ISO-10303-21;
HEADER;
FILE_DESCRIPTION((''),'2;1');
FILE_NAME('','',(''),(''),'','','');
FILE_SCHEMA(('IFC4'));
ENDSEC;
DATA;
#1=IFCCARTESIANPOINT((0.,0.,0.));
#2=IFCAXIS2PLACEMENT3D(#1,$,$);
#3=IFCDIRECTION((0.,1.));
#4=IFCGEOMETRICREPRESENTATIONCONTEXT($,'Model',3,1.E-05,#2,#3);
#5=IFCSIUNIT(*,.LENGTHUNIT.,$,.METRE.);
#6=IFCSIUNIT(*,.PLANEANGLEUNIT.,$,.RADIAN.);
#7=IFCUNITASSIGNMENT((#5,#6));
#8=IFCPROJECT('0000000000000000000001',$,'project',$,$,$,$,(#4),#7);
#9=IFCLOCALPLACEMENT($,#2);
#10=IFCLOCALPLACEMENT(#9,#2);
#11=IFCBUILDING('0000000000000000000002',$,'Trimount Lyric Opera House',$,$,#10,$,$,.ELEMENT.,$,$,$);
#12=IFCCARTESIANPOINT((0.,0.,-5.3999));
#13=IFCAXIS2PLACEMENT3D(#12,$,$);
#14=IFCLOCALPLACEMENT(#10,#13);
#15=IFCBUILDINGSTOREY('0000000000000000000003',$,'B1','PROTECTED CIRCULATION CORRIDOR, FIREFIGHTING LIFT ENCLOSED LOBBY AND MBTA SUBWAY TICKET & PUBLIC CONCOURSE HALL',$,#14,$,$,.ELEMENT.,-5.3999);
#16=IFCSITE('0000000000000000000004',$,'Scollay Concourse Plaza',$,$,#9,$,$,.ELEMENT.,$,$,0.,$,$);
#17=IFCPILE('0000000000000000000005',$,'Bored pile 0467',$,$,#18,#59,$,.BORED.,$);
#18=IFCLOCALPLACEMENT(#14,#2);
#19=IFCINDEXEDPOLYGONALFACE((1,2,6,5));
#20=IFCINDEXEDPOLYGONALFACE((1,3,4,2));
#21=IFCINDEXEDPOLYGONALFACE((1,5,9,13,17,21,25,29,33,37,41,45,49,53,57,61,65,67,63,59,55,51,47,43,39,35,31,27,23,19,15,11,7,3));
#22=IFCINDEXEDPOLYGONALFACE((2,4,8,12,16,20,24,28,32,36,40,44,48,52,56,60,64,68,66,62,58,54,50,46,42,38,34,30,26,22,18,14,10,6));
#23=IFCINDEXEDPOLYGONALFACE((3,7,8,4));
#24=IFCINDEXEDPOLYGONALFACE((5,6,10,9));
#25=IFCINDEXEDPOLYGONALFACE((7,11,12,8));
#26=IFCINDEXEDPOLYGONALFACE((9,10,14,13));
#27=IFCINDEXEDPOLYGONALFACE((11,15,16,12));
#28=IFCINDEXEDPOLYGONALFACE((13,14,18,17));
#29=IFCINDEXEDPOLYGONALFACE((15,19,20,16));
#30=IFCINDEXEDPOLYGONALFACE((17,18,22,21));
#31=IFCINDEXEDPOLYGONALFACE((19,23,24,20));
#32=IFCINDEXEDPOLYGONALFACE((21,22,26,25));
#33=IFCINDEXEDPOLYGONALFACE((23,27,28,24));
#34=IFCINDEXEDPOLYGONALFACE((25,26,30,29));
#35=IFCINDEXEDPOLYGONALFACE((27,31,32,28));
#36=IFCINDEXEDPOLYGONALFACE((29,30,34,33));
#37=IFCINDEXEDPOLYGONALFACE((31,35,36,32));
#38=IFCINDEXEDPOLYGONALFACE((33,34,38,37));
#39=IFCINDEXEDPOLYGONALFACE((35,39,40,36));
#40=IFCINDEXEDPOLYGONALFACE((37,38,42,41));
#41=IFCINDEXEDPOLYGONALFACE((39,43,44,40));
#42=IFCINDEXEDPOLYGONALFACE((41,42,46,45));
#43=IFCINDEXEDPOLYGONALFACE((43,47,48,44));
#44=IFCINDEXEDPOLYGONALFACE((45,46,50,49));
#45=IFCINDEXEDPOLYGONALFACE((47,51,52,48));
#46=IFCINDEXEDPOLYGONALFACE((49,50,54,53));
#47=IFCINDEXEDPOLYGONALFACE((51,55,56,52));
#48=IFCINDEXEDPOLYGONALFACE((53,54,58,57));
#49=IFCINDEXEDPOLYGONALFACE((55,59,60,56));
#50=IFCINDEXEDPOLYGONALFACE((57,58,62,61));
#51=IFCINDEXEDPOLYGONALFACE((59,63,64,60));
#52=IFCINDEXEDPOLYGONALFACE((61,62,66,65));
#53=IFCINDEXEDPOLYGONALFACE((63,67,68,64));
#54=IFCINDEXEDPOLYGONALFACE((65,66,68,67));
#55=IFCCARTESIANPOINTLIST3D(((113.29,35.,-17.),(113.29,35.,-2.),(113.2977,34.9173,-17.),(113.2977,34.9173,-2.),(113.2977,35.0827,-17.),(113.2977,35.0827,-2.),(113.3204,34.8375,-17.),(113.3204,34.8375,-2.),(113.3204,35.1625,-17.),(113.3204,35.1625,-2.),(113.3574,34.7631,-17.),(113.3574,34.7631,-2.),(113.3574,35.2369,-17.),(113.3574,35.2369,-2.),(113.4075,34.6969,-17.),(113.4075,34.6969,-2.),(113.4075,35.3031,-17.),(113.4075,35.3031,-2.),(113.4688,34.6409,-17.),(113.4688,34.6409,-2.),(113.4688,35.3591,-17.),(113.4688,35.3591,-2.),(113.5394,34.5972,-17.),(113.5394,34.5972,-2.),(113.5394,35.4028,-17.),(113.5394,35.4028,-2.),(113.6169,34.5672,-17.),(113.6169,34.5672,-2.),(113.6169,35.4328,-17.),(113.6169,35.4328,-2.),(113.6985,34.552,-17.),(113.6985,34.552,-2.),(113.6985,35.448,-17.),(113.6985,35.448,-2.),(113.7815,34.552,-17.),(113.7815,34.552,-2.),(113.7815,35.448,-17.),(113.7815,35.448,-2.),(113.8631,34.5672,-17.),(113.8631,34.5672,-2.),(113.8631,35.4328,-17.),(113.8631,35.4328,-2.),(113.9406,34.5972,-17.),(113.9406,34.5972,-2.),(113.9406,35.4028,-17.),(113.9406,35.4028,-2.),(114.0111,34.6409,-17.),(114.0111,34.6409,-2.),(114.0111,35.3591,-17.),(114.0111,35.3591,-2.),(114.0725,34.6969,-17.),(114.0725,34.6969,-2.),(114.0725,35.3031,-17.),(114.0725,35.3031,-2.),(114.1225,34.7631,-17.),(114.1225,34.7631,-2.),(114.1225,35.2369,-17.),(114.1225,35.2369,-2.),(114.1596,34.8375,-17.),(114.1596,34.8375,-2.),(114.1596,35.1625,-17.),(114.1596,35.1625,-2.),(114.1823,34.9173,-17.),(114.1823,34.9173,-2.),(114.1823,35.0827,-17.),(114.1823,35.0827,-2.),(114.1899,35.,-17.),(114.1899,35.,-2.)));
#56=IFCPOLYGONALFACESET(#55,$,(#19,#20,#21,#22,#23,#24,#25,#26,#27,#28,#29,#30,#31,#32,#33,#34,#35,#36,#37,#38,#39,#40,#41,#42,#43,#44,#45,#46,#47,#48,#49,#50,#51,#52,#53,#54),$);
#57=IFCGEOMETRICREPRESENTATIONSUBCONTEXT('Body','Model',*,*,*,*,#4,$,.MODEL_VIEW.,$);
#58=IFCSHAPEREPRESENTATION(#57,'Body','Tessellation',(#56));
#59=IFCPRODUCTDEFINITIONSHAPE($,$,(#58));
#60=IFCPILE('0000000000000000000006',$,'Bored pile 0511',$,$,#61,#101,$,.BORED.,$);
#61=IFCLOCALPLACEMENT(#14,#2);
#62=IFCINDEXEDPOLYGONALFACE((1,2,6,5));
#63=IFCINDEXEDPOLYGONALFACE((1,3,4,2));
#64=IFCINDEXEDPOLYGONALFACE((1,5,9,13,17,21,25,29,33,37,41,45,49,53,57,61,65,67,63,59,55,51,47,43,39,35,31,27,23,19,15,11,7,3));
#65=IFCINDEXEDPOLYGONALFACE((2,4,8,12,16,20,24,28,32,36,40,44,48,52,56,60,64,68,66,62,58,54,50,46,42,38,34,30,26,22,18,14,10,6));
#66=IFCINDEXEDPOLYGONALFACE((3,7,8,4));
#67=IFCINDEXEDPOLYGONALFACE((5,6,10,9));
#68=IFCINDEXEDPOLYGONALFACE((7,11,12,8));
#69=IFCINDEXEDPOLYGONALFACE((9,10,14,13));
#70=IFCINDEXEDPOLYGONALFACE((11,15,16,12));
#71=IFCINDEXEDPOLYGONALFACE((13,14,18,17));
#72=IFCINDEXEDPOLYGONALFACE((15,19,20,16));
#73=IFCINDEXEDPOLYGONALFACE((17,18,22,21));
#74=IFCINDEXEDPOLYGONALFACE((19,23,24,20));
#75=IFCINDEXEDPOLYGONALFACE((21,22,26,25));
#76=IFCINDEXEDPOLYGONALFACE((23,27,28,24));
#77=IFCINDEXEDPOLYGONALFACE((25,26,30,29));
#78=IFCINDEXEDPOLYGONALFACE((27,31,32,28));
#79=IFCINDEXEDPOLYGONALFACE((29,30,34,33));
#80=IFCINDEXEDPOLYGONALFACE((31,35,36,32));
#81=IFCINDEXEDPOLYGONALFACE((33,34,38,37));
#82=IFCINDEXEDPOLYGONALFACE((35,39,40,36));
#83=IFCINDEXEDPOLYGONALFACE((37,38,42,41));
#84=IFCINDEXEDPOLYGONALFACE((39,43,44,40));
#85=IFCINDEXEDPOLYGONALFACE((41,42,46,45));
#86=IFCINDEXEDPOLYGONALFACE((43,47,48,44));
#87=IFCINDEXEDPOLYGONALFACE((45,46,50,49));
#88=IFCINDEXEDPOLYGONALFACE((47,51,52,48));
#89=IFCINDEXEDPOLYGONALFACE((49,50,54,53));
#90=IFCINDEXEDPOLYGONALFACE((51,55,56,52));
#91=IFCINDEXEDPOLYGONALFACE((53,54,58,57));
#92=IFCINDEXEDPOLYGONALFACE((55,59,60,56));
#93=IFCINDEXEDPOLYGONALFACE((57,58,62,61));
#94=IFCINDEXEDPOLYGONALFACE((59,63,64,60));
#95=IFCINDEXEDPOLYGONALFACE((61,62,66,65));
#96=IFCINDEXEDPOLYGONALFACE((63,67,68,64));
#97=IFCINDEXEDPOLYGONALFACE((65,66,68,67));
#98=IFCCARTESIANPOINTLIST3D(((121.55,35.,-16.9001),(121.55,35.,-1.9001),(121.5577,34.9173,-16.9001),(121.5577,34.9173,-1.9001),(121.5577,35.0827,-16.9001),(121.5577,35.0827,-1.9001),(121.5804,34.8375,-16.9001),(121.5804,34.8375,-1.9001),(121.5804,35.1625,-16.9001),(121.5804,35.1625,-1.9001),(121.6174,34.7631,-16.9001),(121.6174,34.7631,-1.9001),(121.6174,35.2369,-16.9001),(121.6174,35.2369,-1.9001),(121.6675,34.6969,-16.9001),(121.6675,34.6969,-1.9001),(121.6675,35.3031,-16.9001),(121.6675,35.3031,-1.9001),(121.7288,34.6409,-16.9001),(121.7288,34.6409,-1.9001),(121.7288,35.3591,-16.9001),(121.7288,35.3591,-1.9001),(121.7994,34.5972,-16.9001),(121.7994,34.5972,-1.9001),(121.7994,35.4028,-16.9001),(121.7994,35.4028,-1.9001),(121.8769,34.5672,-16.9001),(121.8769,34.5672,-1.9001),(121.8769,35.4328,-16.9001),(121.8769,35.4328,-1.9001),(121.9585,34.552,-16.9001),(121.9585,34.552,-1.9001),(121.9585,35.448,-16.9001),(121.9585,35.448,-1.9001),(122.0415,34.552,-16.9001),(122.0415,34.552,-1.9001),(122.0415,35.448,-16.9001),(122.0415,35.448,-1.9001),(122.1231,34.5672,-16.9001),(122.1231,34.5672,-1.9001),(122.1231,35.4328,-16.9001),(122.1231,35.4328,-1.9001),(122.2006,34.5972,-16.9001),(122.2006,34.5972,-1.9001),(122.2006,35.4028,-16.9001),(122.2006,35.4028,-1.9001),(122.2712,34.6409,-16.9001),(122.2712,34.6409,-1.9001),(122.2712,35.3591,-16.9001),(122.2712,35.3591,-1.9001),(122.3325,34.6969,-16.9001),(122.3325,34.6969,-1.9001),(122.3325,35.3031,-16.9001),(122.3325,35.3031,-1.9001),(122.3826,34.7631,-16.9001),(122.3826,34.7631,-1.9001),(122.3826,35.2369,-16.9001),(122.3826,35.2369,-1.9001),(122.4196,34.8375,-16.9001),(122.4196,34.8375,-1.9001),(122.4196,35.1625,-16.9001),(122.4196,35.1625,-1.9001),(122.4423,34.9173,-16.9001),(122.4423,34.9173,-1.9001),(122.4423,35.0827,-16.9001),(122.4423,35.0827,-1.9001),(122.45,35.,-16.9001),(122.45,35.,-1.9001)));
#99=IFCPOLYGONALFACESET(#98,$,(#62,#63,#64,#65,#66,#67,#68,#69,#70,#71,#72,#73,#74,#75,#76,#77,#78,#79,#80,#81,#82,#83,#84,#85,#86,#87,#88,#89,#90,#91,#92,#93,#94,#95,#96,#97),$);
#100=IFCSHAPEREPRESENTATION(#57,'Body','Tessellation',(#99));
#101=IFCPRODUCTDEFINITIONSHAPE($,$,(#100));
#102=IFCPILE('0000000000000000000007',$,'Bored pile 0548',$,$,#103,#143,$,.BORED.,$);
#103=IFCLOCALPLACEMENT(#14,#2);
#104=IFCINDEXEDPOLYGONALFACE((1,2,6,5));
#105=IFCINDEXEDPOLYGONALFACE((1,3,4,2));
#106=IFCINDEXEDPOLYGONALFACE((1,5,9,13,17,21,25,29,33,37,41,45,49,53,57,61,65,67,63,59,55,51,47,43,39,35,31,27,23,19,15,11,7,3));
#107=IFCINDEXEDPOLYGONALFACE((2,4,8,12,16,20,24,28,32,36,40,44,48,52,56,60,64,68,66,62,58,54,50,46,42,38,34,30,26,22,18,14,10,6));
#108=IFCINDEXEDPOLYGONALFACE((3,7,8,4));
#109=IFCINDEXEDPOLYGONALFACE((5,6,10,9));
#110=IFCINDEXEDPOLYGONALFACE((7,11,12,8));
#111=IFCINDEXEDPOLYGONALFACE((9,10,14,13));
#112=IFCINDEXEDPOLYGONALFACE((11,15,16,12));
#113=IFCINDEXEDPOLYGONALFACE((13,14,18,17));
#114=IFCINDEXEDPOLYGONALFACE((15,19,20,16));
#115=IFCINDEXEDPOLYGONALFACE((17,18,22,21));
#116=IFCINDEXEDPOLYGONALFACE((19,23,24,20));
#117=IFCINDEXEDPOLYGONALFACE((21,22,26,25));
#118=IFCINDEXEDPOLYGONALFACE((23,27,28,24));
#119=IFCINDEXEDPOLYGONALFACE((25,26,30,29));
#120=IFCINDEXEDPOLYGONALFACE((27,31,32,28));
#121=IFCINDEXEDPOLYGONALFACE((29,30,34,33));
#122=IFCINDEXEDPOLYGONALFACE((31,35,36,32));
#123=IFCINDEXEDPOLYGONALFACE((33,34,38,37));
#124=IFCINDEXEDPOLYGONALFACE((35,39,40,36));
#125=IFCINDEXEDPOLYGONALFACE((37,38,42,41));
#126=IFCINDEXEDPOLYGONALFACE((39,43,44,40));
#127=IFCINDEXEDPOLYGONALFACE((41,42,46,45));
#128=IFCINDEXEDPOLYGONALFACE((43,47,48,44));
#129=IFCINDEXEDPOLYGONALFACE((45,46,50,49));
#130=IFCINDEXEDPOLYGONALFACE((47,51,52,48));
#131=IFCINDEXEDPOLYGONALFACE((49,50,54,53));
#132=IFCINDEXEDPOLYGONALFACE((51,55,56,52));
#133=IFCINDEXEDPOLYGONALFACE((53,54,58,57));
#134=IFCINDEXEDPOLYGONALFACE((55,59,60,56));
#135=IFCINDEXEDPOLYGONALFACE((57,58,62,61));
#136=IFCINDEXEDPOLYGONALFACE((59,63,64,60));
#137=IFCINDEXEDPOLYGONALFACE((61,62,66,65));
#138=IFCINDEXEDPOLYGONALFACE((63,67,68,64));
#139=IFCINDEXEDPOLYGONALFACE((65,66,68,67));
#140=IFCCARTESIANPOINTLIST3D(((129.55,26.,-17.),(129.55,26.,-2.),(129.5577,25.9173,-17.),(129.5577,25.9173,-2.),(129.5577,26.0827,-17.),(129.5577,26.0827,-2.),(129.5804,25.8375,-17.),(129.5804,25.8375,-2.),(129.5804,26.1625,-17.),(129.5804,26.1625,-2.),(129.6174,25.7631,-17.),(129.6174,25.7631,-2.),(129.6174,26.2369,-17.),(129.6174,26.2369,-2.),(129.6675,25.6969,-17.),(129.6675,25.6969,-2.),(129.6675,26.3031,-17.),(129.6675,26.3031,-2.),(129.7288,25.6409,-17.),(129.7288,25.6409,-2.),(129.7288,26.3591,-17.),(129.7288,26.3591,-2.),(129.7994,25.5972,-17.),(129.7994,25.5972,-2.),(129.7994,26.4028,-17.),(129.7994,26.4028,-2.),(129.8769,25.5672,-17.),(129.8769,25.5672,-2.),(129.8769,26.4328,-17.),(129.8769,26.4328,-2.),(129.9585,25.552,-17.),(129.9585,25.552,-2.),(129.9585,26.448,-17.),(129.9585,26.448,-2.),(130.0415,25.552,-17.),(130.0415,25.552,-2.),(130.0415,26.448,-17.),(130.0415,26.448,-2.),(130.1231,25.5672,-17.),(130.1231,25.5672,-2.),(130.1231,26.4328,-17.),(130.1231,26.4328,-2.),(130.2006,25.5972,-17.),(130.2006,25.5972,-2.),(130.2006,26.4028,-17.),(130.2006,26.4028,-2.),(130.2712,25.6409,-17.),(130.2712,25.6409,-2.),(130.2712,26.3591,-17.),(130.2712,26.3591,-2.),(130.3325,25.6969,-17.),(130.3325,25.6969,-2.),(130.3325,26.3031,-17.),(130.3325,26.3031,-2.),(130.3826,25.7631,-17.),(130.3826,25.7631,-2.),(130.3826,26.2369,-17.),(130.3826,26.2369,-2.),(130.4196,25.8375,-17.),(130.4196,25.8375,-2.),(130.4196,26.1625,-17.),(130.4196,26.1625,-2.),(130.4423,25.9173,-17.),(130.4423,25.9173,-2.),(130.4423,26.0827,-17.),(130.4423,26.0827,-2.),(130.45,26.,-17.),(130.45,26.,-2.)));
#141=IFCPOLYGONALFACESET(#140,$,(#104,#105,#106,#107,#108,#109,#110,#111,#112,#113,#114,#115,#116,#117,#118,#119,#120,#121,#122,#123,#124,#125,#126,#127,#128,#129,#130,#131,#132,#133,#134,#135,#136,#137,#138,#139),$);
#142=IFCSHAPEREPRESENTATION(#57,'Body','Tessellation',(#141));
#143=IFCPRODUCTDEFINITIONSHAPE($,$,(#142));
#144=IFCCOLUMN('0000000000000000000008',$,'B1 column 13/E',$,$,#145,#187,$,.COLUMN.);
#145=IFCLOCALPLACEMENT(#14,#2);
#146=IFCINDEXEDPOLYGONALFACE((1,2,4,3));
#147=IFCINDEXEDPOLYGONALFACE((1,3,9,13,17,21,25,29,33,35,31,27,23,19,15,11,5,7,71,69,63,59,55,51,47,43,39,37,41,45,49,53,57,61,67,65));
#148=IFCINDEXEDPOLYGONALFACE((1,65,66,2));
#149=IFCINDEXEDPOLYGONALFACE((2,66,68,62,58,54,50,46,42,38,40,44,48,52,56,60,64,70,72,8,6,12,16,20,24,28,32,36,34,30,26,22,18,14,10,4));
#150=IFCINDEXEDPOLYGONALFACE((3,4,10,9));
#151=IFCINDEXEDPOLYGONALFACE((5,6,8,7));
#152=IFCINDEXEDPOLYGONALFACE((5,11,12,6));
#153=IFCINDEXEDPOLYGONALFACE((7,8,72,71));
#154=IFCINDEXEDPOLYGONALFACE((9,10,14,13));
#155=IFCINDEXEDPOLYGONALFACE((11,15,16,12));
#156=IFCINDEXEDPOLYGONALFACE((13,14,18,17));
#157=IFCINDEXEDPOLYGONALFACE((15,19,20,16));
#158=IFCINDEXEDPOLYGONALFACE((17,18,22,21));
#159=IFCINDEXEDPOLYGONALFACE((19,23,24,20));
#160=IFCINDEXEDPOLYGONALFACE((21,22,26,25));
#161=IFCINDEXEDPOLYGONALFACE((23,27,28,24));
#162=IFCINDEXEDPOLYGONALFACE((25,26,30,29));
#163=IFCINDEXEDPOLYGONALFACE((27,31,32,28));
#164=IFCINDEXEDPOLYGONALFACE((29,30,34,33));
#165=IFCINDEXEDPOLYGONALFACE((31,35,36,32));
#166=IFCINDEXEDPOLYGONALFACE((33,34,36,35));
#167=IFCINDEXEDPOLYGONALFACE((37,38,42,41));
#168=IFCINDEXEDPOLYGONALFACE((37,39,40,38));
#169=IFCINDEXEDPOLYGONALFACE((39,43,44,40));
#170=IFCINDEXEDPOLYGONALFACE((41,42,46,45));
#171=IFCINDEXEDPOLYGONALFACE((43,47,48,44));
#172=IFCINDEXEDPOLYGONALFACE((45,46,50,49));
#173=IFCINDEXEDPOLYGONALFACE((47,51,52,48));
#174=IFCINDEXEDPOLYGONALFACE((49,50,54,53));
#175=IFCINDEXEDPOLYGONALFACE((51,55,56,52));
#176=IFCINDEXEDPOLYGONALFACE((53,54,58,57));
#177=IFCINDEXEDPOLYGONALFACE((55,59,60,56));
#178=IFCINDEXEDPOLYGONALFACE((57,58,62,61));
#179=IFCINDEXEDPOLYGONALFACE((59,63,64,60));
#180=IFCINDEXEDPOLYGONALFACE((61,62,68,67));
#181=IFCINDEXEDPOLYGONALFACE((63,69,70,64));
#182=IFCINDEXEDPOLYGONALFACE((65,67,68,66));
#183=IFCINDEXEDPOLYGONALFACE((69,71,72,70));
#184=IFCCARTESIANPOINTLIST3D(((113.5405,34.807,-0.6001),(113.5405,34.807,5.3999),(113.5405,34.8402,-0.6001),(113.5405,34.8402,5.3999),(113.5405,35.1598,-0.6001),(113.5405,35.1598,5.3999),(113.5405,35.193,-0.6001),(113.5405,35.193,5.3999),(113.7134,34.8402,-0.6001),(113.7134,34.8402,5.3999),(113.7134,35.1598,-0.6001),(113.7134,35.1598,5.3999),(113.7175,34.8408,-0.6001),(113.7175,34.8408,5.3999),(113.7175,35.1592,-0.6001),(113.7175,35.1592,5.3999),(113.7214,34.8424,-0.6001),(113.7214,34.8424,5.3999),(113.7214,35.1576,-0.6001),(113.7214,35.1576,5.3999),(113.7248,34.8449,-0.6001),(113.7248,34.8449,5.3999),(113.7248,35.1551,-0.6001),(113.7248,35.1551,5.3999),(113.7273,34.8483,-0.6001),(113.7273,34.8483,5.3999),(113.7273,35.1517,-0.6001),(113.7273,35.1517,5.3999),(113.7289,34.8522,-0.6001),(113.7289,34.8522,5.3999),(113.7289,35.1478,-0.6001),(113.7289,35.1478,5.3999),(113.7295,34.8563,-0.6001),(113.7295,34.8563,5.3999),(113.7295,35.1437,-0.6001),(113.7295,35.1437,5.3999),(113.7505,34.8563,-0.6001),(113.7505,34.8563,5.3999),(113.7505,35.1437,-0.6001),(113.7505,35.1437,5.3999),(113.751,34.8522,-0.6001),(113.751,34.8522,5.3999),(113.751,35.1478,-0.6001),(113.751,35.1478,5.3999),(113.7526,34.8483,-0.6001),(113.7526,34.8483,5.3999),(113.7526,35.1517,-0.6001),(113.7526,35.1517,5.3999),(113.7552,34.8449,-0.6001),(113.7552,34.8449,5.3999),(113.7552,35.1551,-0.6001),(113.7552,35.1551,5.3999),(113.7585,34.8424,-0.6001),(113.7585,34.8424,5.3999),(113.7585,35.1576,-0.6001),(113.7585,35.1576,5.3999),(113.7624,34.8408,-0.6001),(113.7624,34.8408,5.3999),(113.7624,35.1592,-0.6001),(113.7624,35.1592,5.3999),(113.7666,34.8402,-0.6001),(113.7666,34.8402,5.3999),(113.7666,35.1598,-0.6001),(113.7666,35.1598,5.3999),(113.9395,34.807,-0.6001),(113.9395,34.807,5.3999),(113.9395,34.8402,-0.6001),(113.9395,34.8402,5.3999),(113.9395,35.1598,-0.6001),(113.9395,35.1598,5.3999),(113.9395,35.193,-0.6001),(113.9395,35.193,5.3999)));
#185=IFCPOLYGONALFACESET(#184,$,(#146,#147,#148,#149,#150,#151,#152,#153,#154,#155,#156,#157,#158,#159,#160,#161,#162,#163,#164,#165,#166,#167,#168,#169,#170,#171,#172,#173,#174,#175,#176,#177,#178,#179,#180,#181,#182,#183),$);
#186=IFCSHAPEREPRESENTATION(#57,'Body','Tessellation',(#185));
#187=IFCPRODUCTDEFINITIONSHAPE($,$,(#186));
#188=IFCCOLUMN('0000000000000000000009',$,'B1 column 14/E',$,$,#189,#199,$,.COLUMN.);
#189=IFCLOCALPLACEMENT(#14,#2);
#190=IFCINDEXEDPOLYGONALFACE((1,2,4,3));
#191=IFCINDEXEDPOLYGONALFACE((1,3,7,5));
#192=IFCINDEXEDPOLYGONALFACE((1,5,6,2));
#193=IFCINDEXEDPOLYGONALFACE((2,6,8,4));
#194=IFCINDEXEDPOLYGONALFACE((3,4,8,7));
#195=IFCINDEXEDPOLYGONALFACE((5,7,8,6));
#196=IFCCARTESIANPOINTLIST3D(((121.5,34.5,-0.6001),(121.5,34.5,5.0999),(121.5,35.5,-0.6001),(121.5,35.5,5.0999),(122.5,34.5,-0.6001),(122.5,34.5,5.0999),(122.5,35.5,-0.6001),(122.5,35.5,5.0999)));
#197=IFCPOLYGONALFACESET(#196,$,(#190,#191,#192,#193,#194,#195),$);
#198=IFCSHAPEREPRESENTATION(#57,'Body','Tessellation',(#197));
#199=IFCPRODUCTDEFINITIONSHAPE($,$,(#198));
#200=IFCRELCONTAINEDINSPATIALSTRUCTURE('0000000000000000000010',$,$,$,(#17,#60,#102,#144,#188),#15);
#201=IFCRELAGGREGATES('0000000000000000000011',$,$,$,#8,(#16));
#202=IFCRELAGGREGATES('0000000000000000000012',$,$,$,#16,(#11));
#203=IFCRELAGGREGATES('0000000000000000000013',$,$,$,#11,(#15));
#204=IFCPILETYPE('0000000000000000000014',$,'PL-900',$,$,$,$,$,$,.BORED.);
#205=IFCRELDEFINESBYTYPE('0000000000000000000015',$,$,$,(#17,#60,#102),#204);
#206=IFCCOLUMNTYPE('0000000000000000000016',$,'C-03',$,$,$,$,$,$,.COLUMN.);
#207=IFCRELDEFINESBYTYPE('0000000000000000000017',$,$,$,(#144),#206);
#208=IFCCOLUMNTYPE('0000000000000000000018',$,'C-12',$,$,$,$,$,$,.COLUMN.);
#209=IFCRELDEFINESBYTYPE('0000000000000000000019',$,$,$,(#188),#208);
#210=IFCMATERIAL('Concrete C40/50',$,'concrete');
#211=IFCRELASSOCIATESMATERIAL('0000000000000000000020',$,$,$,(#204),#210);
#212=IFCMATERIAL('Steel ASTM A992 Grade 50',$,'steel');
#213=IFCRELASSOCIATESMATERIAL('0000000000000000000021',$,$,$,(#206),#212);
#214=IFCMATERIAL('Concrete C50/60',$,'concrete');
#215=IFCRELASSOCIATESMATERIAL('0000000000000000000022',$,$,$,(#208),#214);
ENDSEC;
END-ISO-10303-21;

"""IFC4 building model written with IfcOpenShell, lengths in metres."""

from ifc_helpers import new_model, si_unit, direction, frame, origin, origin_2d, place, context, subcontext, project, spatial, rectangle, circle, i_section, extrude, material, material_profile, profile_set, type_object, element, save


model = new_model("IFC4")

# Units and contexts
model_context = context("Model", 3, precision=1e-05, world=origin(), true_north=direction((0.0, 1.0)))
body_context = subcontext(model_context, "Body", "Model", "MODEL_VIEW")
ifc_project = project(units=[si_unit("LENGTHUNIT", "METRE"), si_unit("PLANEANGLEUNIT", "RADIAN")], contexts=[model_context])

# Site, building, storey
site_placement = place(None, origin())
site = spatial("IfcSite", under=ifc_project, at=site_placement, Name="Scollay Concourse Plaza", CompositionType="ELEMENT", RefElevation=0.0)
building_placement = place(site_placement, origin())
building = spatial("IfcBuilding", under=site, at=building_placement, Name="Trimount Lyric Opera House", CompositionType="ELEMENT")
storey_placement = place(building_placement, frame((0.0, 0.0, -5.3999)))
storey = spatial("IfcBuildingStorey", under=building, at=storey_placement, Name="B1", Description="PROTECTED CIRCULATION CORRIDOR, FIREFIGHTING LIFT ENCLOSED LOBBY AND MBTA SUBWAY TICKET & PUBLIC CONCOURSE HALL", CompositionType="ELEMENT", Elevation=-5.3999)

# Piles
ifc_material_1 = material(Name="Concrete C40/50", Category="concrete")
ifc_material_profile_1 = material_profile(ifc_material_1, circle(Radius=0.45, at=origin_2d()), Name="PILE-D900")
ifc_profile_set_1 = profile_set([ifc_material_profile_1], Name="Concrete C40/50")
pile_type_1 = type_object("IfcPileType", Name="PL-900", PredefinedType="BORED", material=ifc_profile_set_1)
for number, where, z_axis, x_axis, name in (
    (1, (113.74, 35.0, -2.0), (0.0, 0.0, -1.0), (1.0, 0.0, 0.0), "Bored pile 0467"),
    (2, (122.0, 35.0, -1.9001), (0.0, 0.0, -1.0), (1.0, 0.0, 0.0), "Bored pile 0511"),
    (3, (130.0, 26.0, -2.0), (0.0, 0.0, -1.0), (1.0, 0.0, 0.0), "Bored pile 0548"),
):
    element("IfcPile", number, at=place(storey_placement, frame(where, z_axis=z_axis, x_axis=x_axis)), inside=storey, type_object=pile_type_1, Name=name, PredefinedType="BORED", context=body_context, shape_type="SweptSolid", body=[
        extrude(circle(Radius=0.45, at=origin_2d()), origin(), (0.0, 0.0, 1.0), 15.0),
    ])

# Columns
ifc_material_2 = material(Name="Steel ASTM A992 Grade 50", Category="steel")
ifc_material_profile_2 = material_profile(ifc_material_2, i_section(OverallWidth=0.3989, OverallDepth=0.386, WebThickness=0.021, FlangeThickness=0.0332, FilletRadius=0.0161, at=origin_2d()), Name="W14X176")
ifc_profile_set_2 = profile_set([ifc_material_profile_2], Name="Steel ASTM A992 Grade 50")
column_type_1 = type_object("IfcColumnType", Name="C-03", PredefinedType="COLUMN", material=ifc_profile_set_2)
column_1_placement = place(storey_placement, frame((113.74, 35.0, -0.6001), z_axis=(0.0, 0.0, 1.0), x_axis=(1.0, 0.0, 0.0)))
element("IfcColumn", 4, at=column_1_placement, inside=storey, type_object=column_type_1, Name="B1 column 13/E", PredefinedType="COLUMN", context=body_context, shape_type="SweptSolid", body=[
    extrude(i_section(OverallWidth=0.3989, OverallDepth=0.386, WebThickness=0.021, FlangeThickness=0.0332, FilletRadius=0.0161, at=origin_2d()), origin(), (0.0, 0.0, 1.0), 6.0),
])
ifc_material_3 = material(Name="Concrete C50/60", Category="concrete")
ifc_material_profile_3 = material_profile(ifc_material_3, rectangle(XDim=1.0, YDim=1.0, at=origin_2d()), Name="RC1000X1000")
ifc_profile_set_3 = profile_set([ifc_material_profile_3], Name="Concrete C50/60")
column_type_2 = type_object("IfcColumnType", Name="C-12", PredefinedType="COLUMN", material=ifc_profile_set_3)
for number, where, z_axis, x_axis, name in (
    (5, (122.0, 35.0, -0.6001), (0.0, 0.0, 1.0), (1.0, 0.0, 0.0), "B1 column 14/E"),
):
    element("IfcColumn", number, at=place(storey_placement, frame(where, z_axis=z_axis, x_axis=x_axis)), inside=storey, type_object=column_type_2, Name=name, PredefinedType="COLUMN", context=body_context, shape_type="SweptSolid", body=[
        extrude(rectangle(XDim=1.0, YDim=1.0, at=origin_2d()), origin(), (0.0, 0.0, 1.0), 5.7),
    ])

save(model, "model.ifc")
